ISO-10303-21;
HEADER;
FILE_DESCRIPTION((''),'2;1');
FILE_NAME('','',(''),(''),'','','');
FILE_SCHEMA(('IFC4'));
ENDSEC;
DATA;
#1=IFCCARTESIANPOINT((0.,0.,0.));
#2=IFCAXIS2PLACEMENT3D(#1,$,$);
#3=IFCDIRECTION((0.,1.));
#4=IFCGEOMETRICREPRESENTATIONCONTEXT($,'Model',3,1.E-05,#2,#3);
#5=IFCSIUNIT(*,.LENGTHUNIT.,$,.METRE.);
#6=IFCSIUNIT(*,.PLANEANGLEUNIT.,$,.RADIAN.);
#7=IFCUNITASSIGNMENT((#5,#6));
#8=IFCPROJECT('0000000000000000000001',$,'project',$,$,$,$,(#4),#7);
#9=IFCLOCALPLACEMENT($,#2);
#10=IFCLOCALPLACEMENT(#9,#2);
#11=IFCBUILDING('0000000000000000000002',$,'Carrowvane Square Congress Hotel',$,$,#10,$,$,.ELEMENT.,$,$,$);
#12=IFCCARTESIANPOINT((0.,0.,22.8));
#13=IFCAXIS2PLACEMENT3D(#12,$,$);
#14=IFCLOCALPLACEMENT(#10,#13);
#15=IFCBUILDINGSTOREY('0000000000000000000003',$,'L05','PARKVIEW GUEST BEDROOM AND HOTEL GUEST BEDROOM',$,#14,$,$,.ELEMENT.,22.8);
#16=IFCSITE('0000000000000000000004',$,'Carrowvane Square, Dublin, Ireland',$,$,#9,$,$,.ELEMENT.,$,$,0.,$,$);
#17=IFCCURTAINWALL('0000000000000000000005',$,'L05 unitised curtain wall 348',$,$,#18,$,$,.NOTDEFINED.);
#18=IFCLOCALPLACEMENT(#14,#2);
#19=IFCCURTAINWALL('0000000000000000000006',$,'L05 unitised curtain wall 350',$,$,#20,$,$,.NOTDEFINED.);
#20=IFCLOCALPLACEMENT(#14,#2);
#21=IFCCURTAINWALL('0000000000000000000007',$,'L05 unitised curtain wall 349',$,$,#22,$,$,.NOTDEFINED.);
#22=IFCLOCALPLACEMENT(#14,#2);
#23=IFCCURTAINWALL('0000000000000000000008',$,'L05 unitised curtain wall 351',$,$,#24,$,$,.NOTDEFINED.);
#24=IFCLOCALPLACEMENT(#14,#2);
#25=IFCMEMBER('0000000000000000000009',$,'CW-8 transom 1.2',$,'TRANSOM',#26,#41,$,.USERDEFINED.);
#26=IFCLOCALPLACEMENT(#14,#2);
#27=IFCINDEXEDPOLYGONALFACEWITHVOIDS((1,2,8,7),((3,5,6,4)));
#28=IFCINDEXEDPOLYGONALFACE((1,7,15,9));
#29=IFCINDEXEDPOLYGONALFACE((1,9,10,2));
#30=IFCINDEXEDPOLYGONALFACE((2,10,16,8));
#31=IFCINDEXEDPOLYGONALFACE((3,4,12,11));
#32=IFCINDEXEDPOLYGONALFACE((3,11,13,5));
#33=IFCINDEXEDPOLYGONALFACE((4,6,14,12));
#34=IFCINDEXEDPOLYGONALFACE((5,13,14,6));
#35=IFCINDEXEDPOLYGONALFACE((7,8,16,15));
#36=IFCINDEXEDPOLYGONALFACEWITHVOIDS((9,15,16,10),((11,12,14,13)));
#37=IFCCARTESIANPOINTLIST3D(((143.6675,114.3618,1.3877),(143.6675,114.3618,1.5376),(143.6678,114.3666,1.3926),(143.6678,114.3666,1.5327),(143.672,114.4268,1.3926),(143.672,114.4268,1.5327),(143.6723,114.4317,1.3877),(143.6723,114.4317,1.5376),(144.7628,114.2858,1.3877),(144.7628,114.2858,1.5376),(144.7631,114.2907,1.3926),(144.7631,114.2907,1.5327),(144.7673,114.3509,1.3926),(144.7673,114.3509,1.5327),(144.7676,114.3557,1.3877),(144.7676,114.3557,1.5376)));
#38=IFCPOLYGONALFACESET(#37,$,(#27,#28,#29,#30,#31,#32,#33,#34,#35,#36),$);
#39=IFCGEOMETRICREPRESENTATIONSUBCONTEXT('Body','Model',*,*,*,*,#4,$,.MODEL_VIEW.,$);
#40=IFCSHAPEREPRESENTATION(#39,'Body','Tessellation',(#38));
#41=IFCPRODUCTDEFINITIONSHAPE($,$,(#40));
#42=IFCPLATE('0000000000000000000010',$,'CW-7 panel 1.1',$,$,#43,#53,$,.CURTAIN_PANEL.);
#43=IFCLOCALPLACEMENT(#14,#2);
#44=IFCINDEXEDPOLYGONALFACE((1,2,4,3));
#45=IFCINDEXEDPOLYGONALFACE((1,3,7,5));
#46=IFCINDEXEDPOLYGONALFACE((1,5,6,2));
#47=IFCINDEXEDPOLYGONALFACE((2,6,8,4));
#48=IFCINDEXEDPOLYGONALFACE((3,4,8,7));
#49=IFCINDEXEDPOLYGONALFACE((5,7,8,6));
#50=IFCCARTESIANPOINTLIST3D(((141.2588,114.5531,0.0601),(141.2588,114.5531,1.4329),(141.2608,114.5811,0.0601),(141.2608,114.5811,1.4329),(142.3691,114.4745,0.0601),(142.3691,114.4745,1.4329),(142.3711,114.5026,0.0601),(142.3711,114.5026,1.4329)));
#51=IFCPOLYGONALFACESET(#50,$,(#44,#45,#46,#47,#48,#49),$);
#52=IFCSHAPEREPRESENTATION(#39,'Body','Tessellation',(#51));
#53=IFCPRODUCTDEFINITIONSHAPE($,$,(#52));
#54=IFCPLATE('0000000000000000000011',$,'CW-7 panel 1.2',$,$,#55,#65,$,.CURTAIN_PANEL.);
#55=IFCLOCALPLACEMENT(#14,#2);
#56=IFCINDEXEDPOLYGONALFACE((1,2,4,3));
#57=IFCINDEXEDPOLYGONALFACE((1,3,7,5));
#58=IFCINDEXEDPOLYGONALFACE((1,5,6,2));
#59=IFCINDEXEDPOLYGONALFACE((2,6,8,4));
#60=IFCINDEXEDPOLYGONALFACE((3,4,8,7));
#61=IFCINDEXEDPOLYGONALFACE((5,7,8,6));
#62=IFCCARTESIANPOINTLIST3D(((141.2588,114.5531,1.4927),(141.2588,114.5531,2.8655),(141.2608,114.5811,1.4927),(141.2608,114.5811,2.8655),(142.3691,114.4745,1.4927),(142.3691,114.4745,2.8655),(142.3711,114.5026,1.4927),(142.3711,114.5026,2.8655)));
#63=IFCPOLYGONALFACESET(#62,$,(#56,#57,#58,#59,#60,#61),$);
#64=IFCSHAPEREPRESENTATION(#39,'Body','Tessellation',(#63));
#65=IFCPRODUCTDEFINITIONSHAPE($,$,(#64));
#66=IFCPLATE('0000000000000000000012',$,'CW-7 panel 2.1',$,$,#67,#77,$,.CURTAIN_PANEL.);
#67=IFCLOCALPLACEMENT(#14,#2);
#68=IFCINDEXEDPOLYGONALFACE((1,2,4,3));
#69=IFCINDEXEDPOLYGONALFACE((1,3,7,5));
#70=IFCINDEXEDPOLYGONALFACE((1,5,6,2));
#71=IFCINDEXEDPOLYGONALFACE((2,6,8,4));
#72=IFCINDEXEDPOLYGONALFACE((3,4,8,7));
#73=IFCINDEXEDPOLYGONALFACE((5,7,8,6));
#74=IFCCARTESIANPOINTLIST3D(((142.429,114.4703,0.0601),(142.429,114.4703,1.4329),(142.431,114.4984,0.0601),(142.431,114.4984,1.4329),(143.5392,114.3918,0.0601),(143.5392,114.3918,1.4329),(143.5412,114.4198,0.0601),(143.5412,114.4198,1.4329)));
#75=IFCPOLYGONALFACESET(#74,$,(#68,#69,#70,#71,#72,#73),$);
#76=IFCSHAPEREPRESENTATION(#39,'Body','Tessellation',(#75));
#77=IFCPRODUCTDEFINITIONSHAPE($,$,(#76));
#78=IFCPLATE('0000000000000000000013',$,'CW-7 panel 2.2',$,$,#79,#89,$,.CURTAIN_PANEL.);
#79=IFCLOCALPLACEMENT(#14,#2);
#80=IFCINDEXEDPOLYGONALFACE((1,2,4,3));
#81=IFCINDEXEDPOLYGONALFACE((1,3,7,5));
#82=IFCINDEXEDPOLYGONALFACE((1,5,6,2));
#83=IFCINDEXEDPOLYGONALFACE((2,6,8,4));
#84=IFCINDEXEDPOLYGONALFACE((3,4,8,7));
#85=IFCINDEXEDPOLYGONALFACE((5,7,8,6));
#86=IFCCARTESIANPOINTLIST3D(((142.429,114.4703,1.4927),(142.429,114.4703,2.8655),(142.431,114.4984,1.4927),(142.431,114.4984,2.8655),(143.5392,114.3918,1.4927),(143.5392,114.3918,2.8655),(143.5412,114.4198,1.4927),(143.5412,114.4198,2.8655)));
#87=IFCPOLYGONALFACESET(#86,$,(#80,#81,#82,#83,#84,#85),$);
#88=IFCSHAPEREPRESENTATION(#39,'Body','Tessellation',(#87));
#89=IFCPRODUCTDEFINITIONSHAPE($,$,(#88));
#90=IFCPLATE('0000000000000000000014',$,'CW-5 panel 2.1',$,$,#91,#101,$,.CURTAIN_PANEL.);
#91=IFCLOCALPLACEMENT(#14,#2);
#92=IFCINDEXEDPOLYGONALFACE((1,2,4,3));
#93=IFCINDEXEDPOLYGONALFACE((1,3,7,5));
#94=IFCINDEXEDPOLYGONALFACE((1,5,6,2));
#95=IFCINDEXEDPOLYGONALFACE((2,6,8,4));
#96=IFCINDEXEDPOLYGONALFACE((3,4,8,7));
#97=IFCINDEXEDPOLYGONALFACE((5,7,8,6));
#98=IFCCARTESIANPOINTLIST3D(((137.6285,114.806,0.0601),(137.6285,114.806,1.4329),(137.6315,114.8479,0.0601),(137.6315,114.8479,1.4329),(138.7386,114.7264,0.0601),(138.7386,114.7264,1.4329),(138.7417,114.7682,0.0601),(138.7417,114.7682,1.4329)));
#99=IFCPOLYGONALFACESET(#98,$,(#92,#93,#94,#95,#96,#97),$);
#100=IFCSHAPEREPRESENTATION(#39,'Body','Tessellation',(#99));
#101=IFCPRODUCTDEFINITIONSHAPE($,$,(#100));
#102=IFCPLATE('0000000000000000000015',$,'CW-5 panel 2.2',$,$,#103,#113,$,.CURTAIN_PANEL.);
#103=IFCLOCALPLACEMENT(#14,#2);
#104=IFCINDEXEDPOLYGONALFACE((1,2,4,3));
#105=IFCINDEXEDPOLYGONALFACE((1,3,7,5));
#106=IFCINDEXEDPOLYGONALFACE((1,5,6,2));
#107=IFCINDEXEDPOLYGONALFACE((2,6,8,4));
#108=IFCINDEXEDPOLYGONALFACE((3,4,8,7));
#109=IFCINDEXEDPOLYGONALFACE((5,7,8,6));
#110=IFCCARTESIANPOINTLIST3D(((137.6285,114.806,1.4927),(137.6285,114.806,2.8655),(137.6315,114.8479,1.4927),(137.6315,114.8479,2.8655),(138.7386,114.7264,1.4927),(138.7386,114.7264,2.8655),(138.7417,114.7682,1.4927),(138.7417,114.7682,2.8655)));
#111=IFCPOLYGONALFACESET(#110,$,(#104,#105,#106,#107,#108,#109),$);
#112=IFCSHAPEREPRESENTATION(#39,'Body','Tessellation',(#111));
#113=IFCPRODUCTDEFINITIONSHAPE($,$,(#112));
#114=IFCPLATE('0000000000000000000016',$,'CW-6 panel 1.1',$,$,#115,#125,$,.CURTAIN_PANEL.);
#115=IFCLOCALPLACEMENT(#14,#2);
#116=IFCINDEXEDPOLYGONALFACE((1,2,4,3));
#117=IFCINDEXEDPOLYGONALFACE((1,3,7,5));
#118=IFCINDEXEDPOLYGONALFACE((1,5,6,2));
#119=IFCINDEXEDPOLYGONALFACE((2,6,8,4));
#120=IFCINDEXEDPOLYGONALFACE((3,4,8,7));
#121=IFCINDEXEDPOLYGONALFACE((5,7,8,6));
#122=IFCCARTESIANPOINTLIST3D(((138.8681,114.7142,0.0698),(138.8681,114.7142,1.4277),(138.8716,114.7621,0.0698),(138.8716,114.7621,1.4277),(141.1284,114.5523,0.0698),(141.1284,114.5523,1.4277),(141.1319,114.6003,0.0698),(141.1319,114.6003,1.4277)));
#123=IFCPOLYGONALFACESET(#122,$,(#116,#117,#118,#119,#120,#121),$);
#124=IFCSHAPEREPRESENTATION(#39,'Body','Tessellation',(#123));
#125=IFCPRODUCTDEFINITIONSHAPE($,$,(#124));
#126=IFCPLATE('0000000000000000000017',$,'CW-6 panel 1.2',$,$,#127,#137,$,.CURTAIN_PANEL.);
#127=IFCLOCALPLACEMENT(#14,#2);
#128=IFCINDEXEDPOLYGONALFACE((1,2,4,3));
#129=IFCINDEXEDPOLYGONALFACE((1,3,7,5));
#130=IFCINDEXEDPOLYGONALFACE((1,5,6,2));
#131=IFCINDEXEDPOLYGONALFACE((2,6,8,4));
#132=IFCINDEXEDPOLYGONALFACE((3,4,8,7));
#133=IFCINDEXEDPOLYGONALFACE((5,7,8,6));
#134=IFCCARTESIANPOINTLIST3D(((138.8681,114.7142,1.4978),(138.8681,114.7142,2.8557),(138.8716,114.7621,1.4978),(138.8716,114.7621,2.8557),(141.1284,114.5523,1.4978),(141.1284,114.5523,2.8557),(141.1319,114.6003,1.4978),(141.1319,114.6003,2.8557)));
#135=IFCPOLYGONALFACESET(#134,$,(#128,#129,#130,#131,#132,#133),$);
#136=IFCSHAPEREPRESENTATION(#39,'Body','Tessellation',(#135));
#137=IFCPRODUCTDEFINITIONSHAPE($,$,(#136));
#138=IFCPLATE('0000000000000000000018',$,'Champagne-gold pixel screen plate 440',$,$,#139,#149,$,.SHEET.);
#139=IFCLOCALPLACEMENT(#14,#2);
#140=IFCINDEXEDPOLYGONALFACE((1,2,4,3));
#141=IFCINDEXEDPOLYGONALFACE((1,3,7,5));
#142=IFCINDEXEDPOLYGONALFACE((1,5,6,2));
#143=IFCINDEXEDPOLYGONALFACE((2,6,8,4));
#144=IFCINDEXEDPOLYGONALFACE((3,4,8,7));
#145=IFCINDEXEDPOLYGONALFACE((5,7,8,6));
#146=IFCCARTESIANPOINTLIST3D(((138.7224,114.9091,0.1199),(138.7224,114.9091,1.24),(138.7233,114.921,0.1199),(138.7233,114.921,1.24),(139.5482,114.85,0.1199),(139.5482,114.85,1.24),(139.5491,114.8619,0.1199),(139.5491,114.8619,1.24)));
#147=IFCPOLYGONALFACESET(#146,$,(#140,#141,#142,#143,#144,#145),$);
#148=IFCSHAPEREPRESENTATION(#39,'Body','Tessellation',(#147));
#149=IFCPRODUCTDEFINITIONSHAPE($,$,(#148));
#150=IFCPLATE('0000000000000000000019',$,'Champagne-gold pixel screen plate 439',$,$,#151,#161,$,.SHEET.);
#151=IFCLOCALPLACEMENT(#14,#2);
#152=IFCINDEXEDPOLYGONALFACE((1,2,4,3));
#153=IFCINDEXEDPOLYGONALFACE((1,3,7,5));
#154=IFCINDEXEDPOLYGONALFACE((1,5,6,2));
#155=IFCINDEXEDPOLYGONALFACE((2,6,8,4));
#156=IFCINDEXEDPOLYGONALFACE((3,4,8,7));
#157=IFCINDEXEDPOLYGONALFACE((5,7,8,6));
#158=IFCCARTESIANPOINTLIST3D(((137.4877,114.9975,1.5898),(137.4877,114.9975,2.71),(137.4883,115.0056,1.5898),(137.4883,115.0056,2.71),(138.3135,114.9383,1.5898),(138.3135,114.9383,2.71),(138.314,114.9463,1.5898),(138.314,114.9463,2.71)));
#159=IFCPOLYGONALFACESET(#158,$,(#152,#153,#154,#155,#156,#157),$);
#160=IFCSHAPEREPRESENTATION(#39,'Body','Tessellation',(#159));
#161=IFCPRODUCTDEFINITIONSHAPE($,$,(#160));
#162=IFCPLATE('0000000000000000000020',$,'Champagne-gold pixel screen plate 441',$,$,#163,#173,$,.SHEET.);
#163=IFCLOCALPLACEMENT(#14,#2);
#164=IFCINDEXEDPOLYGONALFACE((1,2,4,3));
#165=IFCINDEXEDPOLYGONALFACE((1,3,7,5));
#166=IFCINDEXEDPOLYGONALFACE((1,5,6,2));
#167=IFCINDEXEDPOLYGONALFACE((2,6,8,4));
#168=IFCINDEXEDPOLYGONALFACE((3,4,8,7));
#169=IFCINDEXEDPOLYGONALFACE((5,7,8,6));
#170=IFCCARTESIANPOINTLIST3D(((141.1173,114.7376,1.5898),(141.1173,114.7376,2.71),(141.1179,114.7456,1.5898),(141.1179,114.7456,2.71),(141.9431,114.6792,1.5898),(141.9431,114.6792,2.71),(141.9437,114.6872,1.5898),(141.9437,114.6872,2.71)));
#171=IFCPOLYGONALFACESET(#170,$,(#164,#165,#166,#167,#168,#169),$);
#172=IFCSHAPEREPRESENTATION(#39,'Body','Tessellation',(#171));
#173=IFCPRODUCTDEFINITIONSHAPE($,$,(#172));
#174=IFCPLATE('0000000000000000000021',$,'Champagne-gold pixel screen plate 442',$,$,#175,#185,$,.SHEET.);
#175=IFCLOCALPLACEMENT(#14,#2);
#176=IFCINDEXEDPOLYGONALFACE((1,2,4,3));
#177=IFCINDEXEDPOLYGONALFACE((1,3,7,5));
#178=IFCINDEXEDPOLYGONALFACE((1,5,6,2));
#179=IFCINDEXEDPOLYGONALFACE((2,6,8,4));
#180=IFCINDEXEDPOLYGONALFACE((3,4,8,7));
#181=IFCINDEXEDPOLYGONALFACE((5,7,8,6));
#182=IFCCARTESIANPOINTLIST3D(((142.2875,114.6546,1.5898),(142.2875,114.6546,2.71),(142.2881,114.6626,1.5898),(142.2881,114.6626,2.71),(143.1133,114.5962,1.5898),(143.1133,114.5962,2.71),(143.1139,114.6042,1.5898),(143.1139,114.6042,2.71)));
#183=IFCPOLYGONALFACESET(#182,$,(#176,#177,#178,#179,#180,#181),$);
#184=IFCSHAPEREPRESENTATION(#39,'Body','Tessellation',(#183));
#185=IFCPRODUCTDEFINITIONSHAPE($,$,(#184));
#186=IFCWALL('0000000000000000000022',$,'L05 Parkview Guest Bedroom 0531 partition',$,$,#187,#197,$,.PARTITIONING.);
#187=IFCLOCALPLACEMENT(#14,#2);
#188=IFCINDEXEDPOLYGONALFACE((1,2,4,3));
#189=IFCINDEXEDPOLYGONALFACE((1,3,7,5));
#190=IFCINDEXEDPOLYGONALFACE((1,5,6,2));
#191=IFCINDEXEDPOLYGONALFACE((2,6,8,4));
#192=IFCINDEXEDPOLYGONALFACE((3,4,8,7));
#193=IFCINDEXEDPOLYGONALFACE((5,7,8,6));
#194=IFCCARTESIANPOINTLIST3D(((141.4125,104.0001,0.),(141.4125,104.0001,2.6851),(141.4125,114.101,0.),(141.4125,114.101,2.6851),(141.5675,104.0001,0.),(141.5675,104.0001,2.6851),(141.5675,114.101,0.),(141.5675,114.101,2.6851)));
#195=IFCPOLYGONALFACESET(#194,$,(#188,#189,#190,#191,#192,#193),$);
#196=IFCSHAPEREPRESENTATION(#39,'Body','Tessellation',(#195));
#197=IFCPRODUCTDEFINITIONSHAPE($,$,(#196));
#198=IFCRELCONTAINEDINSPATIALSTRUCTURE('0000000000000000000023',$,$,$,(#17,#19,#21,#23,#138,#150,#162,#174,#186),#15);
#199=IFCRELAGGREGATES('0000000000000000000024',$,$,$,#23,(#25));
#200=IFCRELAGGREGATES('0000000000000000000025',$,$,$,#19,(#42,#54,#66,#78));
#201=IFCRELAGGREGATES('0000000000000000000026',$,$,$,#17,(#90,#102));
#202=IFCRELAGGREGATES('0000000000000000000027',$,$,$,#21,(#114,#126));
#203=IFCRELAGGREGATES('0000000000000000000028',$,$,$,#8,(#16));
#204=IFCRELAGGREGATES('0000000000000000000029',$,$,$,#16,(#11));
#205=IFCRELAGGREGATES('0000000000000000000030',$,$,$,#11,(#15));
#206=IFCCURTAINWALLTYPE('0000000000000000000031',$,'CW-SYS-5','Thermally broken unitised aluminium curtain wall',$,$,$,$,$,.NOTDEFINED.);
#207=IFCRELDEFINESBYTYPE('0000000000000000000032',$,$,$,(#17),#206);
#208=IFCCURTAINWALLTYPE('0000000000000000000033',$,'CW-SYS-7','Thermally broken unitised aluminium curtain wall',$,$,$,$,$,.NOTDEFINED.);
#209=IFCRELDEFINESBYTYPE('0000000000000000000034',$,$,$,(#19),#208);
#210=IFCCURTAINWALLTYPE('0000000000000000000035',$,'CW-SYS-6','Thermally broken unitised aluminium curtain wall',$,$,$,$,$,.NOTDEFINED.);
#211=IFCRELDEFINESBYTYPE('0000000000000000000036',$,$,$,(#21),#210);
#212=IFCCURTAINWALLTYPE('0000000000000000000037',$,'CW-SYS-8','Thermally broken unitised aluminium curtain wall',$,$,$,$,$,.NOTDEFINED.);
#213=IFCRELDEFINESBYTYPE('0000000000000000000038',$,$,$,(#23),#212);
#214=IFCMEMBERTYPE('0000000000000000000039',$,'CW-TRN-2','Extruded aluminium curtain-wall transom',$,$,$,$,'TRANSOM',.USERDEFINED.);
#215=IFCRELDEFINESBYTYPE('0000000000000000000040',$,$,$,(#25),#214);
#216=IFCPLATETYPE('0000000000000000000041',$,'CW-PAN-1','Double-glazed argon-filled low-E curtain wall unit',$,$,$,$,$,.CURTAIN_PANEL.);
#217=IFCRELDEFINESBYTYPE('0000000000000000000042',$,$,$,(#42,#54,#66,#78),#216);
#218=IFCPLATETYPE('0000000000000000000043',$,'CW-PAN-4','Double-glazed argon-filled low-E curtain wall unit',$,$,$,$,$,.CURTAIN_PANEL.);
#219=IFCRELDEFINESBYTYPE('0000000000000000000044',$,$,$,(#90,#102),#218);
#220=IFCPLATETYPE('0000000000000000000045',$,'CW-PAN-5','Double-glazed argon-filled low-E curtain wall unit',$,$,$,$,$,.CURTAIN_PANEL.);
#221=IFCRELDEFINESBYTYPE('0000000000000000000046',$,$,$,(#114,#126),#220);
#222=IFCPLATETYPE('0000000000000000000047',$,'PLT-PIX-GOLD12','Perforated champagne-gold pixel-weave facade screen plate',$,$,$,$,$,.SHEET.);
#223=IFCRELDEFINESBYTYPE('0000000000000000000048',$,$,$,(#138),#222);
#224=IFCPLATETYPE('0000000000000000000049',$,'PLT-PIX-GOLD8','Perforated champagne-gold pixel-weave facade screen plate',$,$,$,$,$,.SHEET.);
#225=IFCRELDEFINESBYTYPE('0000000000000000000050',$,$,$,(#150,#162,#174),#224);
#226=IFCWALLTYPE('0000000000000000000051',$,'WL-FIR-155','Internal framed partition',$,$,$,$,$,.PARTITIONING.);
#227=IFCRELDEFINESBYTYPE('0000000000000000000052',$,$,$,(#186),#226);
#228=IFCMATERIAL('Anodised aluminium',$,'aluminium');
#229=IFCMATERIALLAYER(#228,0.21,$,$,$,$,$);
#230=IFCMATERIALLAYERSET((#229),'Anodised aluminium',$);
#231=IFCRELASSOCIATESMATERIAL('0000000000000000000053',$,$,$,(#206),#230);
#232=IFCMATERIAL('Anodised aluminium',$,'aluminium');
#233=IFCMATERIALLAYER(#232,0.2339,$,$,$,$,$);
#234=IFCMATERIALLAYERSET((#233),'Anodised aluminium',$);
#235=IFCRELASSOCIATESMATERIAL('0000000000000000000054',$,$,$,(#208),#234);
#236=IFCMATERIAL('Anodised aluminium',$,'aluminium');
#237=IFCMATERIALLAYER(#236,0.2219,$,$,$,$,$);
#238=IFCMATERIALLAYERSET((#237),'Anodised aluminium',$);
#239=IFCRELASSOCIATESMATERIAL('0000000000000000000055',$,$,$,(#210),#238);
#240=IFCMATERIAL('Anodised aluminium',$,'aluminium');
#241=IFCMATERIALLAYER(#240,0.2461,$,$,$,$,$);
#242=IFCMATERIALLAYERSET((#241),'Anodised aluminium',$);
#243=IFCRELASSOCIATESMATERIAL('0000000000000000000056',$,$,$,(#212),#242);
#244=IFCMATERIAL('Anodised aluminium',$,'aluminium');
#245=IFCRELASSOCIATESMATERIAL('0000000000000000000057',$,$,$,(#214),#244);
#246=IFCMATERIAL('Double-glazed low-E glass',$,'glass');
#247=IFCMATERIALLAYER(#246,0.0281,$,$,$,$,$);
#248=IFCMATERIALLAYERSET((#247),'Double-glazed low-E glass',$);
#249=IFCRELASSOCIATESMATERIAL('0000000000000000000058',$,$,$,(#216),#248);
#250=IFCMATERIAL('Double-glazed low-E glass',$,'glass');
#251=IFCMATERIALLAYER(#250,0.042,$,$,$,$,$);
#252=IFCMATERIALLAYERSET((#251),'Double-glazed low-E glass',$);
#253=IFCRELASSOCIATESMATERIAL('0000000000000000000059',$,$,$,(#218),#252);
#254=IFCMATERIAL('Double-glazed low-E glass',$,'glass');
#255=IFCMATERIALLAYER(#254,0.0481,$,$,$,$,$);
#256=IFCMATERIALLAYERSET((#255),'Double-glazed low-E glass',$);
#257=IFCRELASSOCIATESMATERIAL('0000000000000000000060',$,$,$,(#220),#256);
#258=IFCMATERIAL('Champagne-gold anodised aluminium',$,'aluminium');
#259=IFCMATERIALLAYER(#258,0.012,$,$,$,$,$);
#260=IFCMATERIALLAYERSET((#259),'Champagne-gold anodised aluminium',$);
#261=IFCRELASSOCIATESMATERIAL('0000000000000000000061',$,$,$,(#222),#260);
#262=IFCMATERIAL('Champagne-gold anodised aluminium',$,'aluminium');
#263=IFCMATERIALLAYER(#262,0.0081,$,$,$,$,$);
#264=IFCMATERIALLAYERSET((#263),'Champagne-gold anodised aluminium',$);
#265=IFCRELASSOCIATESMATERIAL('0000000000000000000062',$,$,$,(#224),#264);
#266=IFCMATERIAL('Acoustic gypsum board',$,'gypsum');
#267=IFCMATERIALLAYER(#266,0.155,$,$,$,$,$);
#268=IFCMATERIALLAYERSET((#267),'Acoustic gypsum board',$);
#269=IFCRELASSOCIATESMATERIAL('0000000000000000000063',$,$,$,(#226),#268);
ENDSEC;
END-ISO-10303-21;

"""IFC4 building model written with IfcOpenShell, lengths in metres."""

from ifc_helpers import new_model, si_unit, direction, frame, frame_2d, origin, origin_2d, place, context, subcontext, project, spatial, rectangle, hollow_rectangle, extrude, material, layer, layer_set, material_profile, profile_set, type_object, element, aggregate, save


model = new_model("IFC4")

# Units and contexts
model_context = context("Model", 3, precision=1e-05, world=origin(), true_north=direction((0.0, 1.0)))
body_context = subcontext(model_context, "Body", "Model", "MODEL_VIEW")
ifc_project = project(units=[si_unit("LENGTHUNIT", "METRE"), si_unit("PLANEANGLEUNIT", "RADIAN")], contexts=[model_context])

# Site, building, storey
site_placement = place(None, origin())
site = spatial("IfcSite", under=ifc_project, at=site_placement, Name="Carrowvane Square, Dublin, Ireland", CompositionType="ELEMENT", RefElevation=0.0)
building_placement = place(site_placement, origin())
building = spatial("IfcBuilding", under=site, at=building_placement, Name="Carrowvane Square Congress Hotel", CompositionType="ELEMENT")
storey_placement = place(building_placement, frame((0.0, 0.0, 22.8)))
storey = spatial("IfcBuildingStorey", under=building, at=storey_placement, Name="L05", Description="PARKVIEW GUEST BEDROOM AND HOTEL GUEST BEDROOM", CompositionType="ELEMENT", Elevation=22.8)

# Curtain wall
ifc_material_1 = material(Name="Anodised aluminium", Category="aluminium")
ifc_layer_1 = layer(ifc_material_1, 0.21)
ifc_layer_set_1 = layer_set([ifc_layer_1], Name="Anodised aluminium")
curtain_wall_type_1 = type_object("IfcCurtainWallType", Name="CW-SYS-5", Description="Thermally broken unitised aluminium curtain wall", PredefinedType="NOTDEFINED", material=ifc_layer_set_1)
curtain_wall_1_placement = place(storey_placement, origin())
curtain_wall_1 = element("IfcCurtainWall", 1, at=curtain_wall_1_placement, inside=storey, type_object=curtain_wall_type_1, Name="L05 unitised curtain wall 348", PredefinedType="NOTDEFINED")

# Curtain walls
ifc_material_2 = material(Name="Anodised aluminium", Category="aluminium")
ifc_layer_2 = layer(ifc_material_2, 0.2339)
ifc_layer_set_2 = layer_set([ifc_layer_2], Name="Anodised aluminium")
curtain_wall_type_2 = type_object("IfcCurtainWallType", Name="CW-SYS-7", Description="Thermally broken unitised aluminium curtain wall", PredefinedType="NOTDEFINED", material=ifc_layer_set_2)
curtain_wall_2_placement = place(storey_placement, origin())
curtain_wall_2 = element("IfcCurtainWall", 2, at=curtain_wall_2_placement, inside=storey, type_object=curtain_wall_type_2, Name="L05 unitised curtain wall 350", PredefinedType="NOTDEFINED")
ifc_material_3 = material(Name="Anodised aluminium", Category="aluminium")
ifc_layer_3 = layer(ifc_material_3, 0.2219)
ifc_layer_set_3 = layer_set([ifc_layer_3], Name="Anodised aluminium")
curtain_wall_type_3 = type_object("IfcCurtainWallType", Name="CW-SYS-6", Description="Thermally broken unitised aluminium curtain wall", PredefinedType="NOTDEFINED", material=ifc_layer_set_3)
curtain_wall_3_placement = place(storey_placement, origin())
curtain_wall_3 = element("IfcCurtainWall", 3, at=curtain_wall_3_placement, inside=storey, type_object=curtain_wall_type_3, Name="L05 unitised curtain wall 349", PredefinedType="NOTDEFINED")

# Curtain wall
ifc_material_4 = material(Name="Anodised aluminium", Category="aluminium")
ifc_layer_4 = layer(ifc_material_4, 0.2461)
ifc_layer_set_4 = layer_set([ifc_layer_4], Name="Anodised aluminium")
curtain_wall_type_4 = type_object("IfcCurtainWallType", Name="CW-SYS-8", Description="Thermally broken unitised aluminium curtain wall", PredefinedType="NOTDEFINED", material=ifc_layer_set_4)
curtain_wall_4_placement = place(storey_placement, origin())
curtain_wall_4 = element("IfcCurtainWall", 4, at=curtain_wall_4_placement, inside=storey, type_object=curtain_wall_type_4, Name="L05 unitised curtain wall 351", PredefinedType="NOTDEFINED")

# Member
ifc_material_5 = material(Name="Anodised aluminium", Category="aluminium")
ifc_material_profile_1 = material_profile(ifc_material_5, hollow_rectangle(XDim=0.0701, YDim=0.1499, WallThickness=0.0049, at=origin_2d()), Name="CW-TR 70x150x5")
ifc_profile_set_1 = profile_set([ifc_material_profile_1], Name="Anodised aluminium")
member_type_1 = type_object("IfcMemberType", Name="CW-TRN-2", Description="Extruded aluminium curtain-wall transom", ElementType="TRANSOM", PredefinedType="USERDEFINED", material=ifc_profile_set_1)
member_1_placement = place(storey_placement, frame((143.6699, 114.3967, 1.4626), z_axis=(0.997606, -0.069161, 0.0), x_axis=(0.069161, 0.997606, 0.0)))
member_1 = element("IfcMember", 5, at=member_1_placement, type_object=member_type_1, Name="CW-8 transom 1.2", ObjectType="TRANSOM", PredefinedType="USERDEFINED", context=body_context, shape_type="SweptSolid", body=[
    extrude(hollow_rectangle(XDim=0.0701, YDim=0.1499, WallThickness=0.0049, at=origin_2d()), origin(), (0.0, 0.0, 1.0), 1.0979),
])
aggregate(curtain_wall_4, [member_1])

# Plates
ifc_material_6 = material(Name="Double-glazed low-E glass", Category="glass")
ifc_layer_5 = layer(ifc_material_6, 0.0281)
ifc_layer_set_5 = layer_set([ifc_layer_5], Name="Double-glazed low-E glass")
plate_type_1 = type_object("IfcPlateType", Name="CW-PAN-1", Description="Double-glazed argon-filled low-E curtain wall unit", PredefinedType="CURTAIN_PANEL", material=ifc_layer_set_5)
plate_1_placement = place(storey_placement, frame((141.8149, 114.5278, 0.0601), z_axis=(0.0, 0.0, 1.0), x_axis=(0.997506, -0.070586, 0.0)))
plate_1 = element("IfcPlate", 6, at=plate_1_placement, type_object=plate_type_1, Name="CW-7 panel 1.1", PredefinedType="CURTAIN_PANEL", context=body_context, shape_type="SweptSolid", body=[
    extrude(rectangle(XDim=1.113, YDim=0.0281, at=origin_2d()), origin(), (0.0, 0.0, 1.0), 1.3728),
])
plate_2_placement = place(storey_placement, frame((141.8149, 114.5278, 1.4927), z_axis=(0.0, 0.0, 1.0), x_axis=(0.997506, -0.070586, 0.0)))
plate_2 = element("IfcPlate", 7, at=plate_2_placement, type_object=plate_type_1, Name="CW-7 panel 1.2", PredefinedType="CURTAIN_PANEL", context=body_context, shape_type="SweptSolid", body=[
    extrude(rectangle(XDim=1.113, YDim=0.0281, at=origin_2d()), origin(), (0.0, 0.0, 1.0), 1.3728),
])
plate_3_placement = place(storey_placement, frame((142.9851, 114.4451, 0.0601), z_axis=(0.0, 0.0, 1.0), x_axis=(0.997506, -0.070586, 0.0)))
plate_3 = element("IfcPlate", 8, at=plate_3_placement, type_object=plate_type_1, Name="CW-7 panel 2.1", PredefinedType="CURTAIN_PANEL", context=body_context, shape_type="SweptSolid", body=[
    extrude(rectangle(XDim=1.113, YDim=0.0281, at=origin_2d()), origin(), (0.0, 0.0, 1.0), 1.3728),
])
plate_4_placement = place(storey_placement, frame((142.9851, 114.4451, 1.4927), z_axis=(0.0, 0.0, 1.0), x_axis=(0.997506, -0.070586, 0.0)))
plate_4 = element("IfcPlate", 9, at=plate_4_placement, type_object=plate_type_1, Name="CW-7 panel 2.2", PredefinedType="CURTAIN_PANEL", context=body_context, shape_type="SweptSolid", body=[
    extrude(rectangle(XDim=1.113, YDim=0.0281, at=origin_2d()), origin(), (0.0, 0.0, 1.0), 1.3728),
])
aggregate(curtain_wall_2, [plate_1, plate_2, plate_3, plate_4])
ifc_material_7 = material(Name="Double-glazed low-E glass", Category="glass")
ifc_layer_6 = layer(ifc_material_7, 0.042)
ifc_layer_set_6 = layer_set([ifc_layer_6], Name="Double-glazed low-E glass")
plate_type_2 = type_object("IfcPlateType", Name="CW-PAN-4", Description="Double-glazed argon-filled low-E curtain wall unit", PredefinedType="CURTAIN_PANEL", material=ifc_layer_set_6)
plate_5_placement = place(storey_placement, frame((138.1851, 114.7871, 0.0601), z_axis=(0.0, 0.0, 1.0), x_axis=(0.997438, -0.071532, 0.0)))
plate_5 = element("IfcPlate", 10, at=plate_5_placement, type_object=plate_type_2, Name="CW-5 panel 2.1", PredefinedType="CURTAIN_PANEL", context=body_context, shape_type="SweptSolid", body=[
    extrude(rectangle(XDim=1.113, YDim=0.042, at=origin_2d()), origin(), (0.0, 0.0, 1.0), 1.3728),
])
plate_6_placement = place(storey_placement, frame((138.1851, 114.7871, 1.4927), z_axis=(0.0, 0.0, 1.0), x_axis=(0.997438, -0.071532, 0.0)))
plate_6 = element("IfcPlate", 11, at=plate_6_placement, type_object=plate_type_2, Name="CW-5 panel 2.2", PredefinedType="CURTAIN_PANEL", context=body_context, shape_type="SweptSolid", body=[
    extrude(rectangle(XDim=1.113, YDim=0.042, at=origin_2d()), origin(), (0.0, 0.0, 1.0), 1.3728),
])
aggregate(curtain_wall_1, [plate_5, plate_6])
ifc_material_8 = material(Name="Double-glazed low-E glass", Category="glass")
ifc_layer_7 = layer(ifc_material_8, 0.0481)
ifc_layer_set_7 = layer_set([ifc_layer_7], Name="Double-glazed low-E glass")
plate_type_3 = type_object("IfcPlateType", Name="CW-PAN-5", Description="Double-glazed argon-filled low-E curtain wall unit", PredefinedType="CURTAIN_PANEL", material=ifc_layer_set_7)
plate_7_placement = place(storey_placement, frame((140.0, 114.6572, 0.0698), z_axis=(0.0, 0.0, 1.0), x_axis=(0.997446, -0.071422, 0.0)))
plate_7 = element("IfcPlate", 12, at=plate_7_placement, type_object=plate_type_3, Name="CW-6 panel 1.1", PredefinedType="CURTAIN_PANEL", context=body_context, shape_type="SweptSolid", body=[
    extrude(rectangle(XDim=2.2661, YDim=0.0481, at=origin_2d()), origin(), (0.0, 0.0, 1.0), 1.3579),
])
plate_8_placement = place(storey_placement, frame((140.0, 114.6572, 1.4978), z_axis=(0.0, 0.0, 1.0), x_axis=(0.997446, -0.071422, 0.0)))
plate_8 = element("IfcPlate", 13, at=plate_8_placement, type_object=plate_type_3, Name="CW-6 panel 1.2", PredefinedType="CURTAIN_PANEL", context=body_context, shape_type="SweptSolid", body=[
    extrude(rectangle(XDim=2.2661, YDim=0.0481, at=origin_2d()), origin(), (0.0, 0.0, 1.0), 1.3579),
])
aggregate(curtain_wall_3, [plate_7, plate_8])

# Plates
ifc_material_9 = material(Name="Champagne-gold anodised aluminium", Category="aluminium")
ifc_layer_8 = layer(ifc_material_9, 0.012)
ifc_layer_set_8 = layer_set([ifc_layer_8], Name="Champagne-gold anodised aluminium")
plate_type_4 = type_object("IfcPlateType", Name="PLT-PIX-GOLD12", Description="Perforated champagne-gold pixel-weave facade screen plate", PredefinedType="SHEET", material=ifc_layer_set_8)
plate_9_placement = place(storey_placement, frame((139.1357, 114.8855, 0.1199), z_axis=(0.0, 0.0, 1.0), x_axis=(0.997446, -0.07142, 0.0)))
element("IfcPlate", 14, at=plate_9_placement, inside=storey, type_object=plate_type_4, Name="Champagne-gold pixel screen plate 440", PredefinedType="SHEET", context=body_context, shape_type="SweptSolid", body=[
    extrude(rectangle(XDim=0.8279, YDim=0.012, at=origin_2d()), origin(), (0.0, 0.0, 1.0), 1.1201),
])
ifc_material_10 = material(Name="Champagne-gold anodised aluminium", Category="aluminium")
ifc_layer_9 = layer(ifc_material_10, 0.0081)
ifc_layer_set_9 = layer_set([ifc_layer_9], Name="Champagne-gold anodised aluminium")
plate_type_5 = type_object("IfcPlateType", Name="PLT-PIX-GOLD8", Description="Perforated champagne-gold pixel-weave facade screen plate", PredefinedType="SHEET", material=ifc_layer_set_9)
for number, where, z_axis, x_axis, name in (
    (15, (137.9009, 114.9719, 1.5898), (0.0, 0.0, 1.0), (0.997438, -0.071533, 0.0), "Champagne-gold pixel screen plate 439"),
    (16, (141.5305, 114.7124, 1.5898), (0.0, 0.0, 1.0), (0.997506, -0.070585, 0.0), "Champagne-gold pixel screen plate 441"),
    (17, (142.7007, 114.6294, 1.5898), (0.0, 0.0, 1.0), (0.997506, -0.070585, 0.0), "Champagne-gold pixel screen plate 442"),
):
    element("IfcPlate", number, at=place(storey_placement, frame(where, z_axis=z_axis, x_axis=x_axis)), inside=storey, type_object=plate_type_5, Name=name, PredefinedType="SHEET", context=body_context, shape_type="SweptSolid", body=[
        extrude(rectangle(XDim=0.8279, YDim=0.0081, at=origin_2d()), origin(), (0.0, 0.0, 1.0), 1.1201),
    ])

# Wall
ifc_material_11 = material(Name="Acoustic gypsum board", Category="gypsum")
ifc_layer_10 = layer(ifc_material_11, 0.155)
ifc_layer_set_10 = layer_set([ifc_layer_10], Name="Acoustic gypsum board")
wall_type = type_object("IfcWallType", Name="WL-FIR-155", Description="Internal framed partition", PredefinedType="PARTITIONING", material=ifc_layer_set_10)
wall_1_placement = place(storey_placement, frame((141.49, 114.1008, 0.0), z_axis=(0.0, 0.0, 1.0), x_axis=(0.0, -1.0, 0.0)))
element("IfcWall", 18, at=wall_1_placement, inside=storey, type_object=wall_type, Name="L05 Parkview Guest Bedroom 0531 partition", PredefinedType="PARTITIONING", context=body_context, shape_type="SweptSolid", body=[
    extrude(rectangle(XDim=10.1008, YDim=0.155, at=frame_2d((5.0503, 0.0))), origin(), (0.0, 0.0, 1.0), 2.6851),
])

save(model, "model.ifc")
